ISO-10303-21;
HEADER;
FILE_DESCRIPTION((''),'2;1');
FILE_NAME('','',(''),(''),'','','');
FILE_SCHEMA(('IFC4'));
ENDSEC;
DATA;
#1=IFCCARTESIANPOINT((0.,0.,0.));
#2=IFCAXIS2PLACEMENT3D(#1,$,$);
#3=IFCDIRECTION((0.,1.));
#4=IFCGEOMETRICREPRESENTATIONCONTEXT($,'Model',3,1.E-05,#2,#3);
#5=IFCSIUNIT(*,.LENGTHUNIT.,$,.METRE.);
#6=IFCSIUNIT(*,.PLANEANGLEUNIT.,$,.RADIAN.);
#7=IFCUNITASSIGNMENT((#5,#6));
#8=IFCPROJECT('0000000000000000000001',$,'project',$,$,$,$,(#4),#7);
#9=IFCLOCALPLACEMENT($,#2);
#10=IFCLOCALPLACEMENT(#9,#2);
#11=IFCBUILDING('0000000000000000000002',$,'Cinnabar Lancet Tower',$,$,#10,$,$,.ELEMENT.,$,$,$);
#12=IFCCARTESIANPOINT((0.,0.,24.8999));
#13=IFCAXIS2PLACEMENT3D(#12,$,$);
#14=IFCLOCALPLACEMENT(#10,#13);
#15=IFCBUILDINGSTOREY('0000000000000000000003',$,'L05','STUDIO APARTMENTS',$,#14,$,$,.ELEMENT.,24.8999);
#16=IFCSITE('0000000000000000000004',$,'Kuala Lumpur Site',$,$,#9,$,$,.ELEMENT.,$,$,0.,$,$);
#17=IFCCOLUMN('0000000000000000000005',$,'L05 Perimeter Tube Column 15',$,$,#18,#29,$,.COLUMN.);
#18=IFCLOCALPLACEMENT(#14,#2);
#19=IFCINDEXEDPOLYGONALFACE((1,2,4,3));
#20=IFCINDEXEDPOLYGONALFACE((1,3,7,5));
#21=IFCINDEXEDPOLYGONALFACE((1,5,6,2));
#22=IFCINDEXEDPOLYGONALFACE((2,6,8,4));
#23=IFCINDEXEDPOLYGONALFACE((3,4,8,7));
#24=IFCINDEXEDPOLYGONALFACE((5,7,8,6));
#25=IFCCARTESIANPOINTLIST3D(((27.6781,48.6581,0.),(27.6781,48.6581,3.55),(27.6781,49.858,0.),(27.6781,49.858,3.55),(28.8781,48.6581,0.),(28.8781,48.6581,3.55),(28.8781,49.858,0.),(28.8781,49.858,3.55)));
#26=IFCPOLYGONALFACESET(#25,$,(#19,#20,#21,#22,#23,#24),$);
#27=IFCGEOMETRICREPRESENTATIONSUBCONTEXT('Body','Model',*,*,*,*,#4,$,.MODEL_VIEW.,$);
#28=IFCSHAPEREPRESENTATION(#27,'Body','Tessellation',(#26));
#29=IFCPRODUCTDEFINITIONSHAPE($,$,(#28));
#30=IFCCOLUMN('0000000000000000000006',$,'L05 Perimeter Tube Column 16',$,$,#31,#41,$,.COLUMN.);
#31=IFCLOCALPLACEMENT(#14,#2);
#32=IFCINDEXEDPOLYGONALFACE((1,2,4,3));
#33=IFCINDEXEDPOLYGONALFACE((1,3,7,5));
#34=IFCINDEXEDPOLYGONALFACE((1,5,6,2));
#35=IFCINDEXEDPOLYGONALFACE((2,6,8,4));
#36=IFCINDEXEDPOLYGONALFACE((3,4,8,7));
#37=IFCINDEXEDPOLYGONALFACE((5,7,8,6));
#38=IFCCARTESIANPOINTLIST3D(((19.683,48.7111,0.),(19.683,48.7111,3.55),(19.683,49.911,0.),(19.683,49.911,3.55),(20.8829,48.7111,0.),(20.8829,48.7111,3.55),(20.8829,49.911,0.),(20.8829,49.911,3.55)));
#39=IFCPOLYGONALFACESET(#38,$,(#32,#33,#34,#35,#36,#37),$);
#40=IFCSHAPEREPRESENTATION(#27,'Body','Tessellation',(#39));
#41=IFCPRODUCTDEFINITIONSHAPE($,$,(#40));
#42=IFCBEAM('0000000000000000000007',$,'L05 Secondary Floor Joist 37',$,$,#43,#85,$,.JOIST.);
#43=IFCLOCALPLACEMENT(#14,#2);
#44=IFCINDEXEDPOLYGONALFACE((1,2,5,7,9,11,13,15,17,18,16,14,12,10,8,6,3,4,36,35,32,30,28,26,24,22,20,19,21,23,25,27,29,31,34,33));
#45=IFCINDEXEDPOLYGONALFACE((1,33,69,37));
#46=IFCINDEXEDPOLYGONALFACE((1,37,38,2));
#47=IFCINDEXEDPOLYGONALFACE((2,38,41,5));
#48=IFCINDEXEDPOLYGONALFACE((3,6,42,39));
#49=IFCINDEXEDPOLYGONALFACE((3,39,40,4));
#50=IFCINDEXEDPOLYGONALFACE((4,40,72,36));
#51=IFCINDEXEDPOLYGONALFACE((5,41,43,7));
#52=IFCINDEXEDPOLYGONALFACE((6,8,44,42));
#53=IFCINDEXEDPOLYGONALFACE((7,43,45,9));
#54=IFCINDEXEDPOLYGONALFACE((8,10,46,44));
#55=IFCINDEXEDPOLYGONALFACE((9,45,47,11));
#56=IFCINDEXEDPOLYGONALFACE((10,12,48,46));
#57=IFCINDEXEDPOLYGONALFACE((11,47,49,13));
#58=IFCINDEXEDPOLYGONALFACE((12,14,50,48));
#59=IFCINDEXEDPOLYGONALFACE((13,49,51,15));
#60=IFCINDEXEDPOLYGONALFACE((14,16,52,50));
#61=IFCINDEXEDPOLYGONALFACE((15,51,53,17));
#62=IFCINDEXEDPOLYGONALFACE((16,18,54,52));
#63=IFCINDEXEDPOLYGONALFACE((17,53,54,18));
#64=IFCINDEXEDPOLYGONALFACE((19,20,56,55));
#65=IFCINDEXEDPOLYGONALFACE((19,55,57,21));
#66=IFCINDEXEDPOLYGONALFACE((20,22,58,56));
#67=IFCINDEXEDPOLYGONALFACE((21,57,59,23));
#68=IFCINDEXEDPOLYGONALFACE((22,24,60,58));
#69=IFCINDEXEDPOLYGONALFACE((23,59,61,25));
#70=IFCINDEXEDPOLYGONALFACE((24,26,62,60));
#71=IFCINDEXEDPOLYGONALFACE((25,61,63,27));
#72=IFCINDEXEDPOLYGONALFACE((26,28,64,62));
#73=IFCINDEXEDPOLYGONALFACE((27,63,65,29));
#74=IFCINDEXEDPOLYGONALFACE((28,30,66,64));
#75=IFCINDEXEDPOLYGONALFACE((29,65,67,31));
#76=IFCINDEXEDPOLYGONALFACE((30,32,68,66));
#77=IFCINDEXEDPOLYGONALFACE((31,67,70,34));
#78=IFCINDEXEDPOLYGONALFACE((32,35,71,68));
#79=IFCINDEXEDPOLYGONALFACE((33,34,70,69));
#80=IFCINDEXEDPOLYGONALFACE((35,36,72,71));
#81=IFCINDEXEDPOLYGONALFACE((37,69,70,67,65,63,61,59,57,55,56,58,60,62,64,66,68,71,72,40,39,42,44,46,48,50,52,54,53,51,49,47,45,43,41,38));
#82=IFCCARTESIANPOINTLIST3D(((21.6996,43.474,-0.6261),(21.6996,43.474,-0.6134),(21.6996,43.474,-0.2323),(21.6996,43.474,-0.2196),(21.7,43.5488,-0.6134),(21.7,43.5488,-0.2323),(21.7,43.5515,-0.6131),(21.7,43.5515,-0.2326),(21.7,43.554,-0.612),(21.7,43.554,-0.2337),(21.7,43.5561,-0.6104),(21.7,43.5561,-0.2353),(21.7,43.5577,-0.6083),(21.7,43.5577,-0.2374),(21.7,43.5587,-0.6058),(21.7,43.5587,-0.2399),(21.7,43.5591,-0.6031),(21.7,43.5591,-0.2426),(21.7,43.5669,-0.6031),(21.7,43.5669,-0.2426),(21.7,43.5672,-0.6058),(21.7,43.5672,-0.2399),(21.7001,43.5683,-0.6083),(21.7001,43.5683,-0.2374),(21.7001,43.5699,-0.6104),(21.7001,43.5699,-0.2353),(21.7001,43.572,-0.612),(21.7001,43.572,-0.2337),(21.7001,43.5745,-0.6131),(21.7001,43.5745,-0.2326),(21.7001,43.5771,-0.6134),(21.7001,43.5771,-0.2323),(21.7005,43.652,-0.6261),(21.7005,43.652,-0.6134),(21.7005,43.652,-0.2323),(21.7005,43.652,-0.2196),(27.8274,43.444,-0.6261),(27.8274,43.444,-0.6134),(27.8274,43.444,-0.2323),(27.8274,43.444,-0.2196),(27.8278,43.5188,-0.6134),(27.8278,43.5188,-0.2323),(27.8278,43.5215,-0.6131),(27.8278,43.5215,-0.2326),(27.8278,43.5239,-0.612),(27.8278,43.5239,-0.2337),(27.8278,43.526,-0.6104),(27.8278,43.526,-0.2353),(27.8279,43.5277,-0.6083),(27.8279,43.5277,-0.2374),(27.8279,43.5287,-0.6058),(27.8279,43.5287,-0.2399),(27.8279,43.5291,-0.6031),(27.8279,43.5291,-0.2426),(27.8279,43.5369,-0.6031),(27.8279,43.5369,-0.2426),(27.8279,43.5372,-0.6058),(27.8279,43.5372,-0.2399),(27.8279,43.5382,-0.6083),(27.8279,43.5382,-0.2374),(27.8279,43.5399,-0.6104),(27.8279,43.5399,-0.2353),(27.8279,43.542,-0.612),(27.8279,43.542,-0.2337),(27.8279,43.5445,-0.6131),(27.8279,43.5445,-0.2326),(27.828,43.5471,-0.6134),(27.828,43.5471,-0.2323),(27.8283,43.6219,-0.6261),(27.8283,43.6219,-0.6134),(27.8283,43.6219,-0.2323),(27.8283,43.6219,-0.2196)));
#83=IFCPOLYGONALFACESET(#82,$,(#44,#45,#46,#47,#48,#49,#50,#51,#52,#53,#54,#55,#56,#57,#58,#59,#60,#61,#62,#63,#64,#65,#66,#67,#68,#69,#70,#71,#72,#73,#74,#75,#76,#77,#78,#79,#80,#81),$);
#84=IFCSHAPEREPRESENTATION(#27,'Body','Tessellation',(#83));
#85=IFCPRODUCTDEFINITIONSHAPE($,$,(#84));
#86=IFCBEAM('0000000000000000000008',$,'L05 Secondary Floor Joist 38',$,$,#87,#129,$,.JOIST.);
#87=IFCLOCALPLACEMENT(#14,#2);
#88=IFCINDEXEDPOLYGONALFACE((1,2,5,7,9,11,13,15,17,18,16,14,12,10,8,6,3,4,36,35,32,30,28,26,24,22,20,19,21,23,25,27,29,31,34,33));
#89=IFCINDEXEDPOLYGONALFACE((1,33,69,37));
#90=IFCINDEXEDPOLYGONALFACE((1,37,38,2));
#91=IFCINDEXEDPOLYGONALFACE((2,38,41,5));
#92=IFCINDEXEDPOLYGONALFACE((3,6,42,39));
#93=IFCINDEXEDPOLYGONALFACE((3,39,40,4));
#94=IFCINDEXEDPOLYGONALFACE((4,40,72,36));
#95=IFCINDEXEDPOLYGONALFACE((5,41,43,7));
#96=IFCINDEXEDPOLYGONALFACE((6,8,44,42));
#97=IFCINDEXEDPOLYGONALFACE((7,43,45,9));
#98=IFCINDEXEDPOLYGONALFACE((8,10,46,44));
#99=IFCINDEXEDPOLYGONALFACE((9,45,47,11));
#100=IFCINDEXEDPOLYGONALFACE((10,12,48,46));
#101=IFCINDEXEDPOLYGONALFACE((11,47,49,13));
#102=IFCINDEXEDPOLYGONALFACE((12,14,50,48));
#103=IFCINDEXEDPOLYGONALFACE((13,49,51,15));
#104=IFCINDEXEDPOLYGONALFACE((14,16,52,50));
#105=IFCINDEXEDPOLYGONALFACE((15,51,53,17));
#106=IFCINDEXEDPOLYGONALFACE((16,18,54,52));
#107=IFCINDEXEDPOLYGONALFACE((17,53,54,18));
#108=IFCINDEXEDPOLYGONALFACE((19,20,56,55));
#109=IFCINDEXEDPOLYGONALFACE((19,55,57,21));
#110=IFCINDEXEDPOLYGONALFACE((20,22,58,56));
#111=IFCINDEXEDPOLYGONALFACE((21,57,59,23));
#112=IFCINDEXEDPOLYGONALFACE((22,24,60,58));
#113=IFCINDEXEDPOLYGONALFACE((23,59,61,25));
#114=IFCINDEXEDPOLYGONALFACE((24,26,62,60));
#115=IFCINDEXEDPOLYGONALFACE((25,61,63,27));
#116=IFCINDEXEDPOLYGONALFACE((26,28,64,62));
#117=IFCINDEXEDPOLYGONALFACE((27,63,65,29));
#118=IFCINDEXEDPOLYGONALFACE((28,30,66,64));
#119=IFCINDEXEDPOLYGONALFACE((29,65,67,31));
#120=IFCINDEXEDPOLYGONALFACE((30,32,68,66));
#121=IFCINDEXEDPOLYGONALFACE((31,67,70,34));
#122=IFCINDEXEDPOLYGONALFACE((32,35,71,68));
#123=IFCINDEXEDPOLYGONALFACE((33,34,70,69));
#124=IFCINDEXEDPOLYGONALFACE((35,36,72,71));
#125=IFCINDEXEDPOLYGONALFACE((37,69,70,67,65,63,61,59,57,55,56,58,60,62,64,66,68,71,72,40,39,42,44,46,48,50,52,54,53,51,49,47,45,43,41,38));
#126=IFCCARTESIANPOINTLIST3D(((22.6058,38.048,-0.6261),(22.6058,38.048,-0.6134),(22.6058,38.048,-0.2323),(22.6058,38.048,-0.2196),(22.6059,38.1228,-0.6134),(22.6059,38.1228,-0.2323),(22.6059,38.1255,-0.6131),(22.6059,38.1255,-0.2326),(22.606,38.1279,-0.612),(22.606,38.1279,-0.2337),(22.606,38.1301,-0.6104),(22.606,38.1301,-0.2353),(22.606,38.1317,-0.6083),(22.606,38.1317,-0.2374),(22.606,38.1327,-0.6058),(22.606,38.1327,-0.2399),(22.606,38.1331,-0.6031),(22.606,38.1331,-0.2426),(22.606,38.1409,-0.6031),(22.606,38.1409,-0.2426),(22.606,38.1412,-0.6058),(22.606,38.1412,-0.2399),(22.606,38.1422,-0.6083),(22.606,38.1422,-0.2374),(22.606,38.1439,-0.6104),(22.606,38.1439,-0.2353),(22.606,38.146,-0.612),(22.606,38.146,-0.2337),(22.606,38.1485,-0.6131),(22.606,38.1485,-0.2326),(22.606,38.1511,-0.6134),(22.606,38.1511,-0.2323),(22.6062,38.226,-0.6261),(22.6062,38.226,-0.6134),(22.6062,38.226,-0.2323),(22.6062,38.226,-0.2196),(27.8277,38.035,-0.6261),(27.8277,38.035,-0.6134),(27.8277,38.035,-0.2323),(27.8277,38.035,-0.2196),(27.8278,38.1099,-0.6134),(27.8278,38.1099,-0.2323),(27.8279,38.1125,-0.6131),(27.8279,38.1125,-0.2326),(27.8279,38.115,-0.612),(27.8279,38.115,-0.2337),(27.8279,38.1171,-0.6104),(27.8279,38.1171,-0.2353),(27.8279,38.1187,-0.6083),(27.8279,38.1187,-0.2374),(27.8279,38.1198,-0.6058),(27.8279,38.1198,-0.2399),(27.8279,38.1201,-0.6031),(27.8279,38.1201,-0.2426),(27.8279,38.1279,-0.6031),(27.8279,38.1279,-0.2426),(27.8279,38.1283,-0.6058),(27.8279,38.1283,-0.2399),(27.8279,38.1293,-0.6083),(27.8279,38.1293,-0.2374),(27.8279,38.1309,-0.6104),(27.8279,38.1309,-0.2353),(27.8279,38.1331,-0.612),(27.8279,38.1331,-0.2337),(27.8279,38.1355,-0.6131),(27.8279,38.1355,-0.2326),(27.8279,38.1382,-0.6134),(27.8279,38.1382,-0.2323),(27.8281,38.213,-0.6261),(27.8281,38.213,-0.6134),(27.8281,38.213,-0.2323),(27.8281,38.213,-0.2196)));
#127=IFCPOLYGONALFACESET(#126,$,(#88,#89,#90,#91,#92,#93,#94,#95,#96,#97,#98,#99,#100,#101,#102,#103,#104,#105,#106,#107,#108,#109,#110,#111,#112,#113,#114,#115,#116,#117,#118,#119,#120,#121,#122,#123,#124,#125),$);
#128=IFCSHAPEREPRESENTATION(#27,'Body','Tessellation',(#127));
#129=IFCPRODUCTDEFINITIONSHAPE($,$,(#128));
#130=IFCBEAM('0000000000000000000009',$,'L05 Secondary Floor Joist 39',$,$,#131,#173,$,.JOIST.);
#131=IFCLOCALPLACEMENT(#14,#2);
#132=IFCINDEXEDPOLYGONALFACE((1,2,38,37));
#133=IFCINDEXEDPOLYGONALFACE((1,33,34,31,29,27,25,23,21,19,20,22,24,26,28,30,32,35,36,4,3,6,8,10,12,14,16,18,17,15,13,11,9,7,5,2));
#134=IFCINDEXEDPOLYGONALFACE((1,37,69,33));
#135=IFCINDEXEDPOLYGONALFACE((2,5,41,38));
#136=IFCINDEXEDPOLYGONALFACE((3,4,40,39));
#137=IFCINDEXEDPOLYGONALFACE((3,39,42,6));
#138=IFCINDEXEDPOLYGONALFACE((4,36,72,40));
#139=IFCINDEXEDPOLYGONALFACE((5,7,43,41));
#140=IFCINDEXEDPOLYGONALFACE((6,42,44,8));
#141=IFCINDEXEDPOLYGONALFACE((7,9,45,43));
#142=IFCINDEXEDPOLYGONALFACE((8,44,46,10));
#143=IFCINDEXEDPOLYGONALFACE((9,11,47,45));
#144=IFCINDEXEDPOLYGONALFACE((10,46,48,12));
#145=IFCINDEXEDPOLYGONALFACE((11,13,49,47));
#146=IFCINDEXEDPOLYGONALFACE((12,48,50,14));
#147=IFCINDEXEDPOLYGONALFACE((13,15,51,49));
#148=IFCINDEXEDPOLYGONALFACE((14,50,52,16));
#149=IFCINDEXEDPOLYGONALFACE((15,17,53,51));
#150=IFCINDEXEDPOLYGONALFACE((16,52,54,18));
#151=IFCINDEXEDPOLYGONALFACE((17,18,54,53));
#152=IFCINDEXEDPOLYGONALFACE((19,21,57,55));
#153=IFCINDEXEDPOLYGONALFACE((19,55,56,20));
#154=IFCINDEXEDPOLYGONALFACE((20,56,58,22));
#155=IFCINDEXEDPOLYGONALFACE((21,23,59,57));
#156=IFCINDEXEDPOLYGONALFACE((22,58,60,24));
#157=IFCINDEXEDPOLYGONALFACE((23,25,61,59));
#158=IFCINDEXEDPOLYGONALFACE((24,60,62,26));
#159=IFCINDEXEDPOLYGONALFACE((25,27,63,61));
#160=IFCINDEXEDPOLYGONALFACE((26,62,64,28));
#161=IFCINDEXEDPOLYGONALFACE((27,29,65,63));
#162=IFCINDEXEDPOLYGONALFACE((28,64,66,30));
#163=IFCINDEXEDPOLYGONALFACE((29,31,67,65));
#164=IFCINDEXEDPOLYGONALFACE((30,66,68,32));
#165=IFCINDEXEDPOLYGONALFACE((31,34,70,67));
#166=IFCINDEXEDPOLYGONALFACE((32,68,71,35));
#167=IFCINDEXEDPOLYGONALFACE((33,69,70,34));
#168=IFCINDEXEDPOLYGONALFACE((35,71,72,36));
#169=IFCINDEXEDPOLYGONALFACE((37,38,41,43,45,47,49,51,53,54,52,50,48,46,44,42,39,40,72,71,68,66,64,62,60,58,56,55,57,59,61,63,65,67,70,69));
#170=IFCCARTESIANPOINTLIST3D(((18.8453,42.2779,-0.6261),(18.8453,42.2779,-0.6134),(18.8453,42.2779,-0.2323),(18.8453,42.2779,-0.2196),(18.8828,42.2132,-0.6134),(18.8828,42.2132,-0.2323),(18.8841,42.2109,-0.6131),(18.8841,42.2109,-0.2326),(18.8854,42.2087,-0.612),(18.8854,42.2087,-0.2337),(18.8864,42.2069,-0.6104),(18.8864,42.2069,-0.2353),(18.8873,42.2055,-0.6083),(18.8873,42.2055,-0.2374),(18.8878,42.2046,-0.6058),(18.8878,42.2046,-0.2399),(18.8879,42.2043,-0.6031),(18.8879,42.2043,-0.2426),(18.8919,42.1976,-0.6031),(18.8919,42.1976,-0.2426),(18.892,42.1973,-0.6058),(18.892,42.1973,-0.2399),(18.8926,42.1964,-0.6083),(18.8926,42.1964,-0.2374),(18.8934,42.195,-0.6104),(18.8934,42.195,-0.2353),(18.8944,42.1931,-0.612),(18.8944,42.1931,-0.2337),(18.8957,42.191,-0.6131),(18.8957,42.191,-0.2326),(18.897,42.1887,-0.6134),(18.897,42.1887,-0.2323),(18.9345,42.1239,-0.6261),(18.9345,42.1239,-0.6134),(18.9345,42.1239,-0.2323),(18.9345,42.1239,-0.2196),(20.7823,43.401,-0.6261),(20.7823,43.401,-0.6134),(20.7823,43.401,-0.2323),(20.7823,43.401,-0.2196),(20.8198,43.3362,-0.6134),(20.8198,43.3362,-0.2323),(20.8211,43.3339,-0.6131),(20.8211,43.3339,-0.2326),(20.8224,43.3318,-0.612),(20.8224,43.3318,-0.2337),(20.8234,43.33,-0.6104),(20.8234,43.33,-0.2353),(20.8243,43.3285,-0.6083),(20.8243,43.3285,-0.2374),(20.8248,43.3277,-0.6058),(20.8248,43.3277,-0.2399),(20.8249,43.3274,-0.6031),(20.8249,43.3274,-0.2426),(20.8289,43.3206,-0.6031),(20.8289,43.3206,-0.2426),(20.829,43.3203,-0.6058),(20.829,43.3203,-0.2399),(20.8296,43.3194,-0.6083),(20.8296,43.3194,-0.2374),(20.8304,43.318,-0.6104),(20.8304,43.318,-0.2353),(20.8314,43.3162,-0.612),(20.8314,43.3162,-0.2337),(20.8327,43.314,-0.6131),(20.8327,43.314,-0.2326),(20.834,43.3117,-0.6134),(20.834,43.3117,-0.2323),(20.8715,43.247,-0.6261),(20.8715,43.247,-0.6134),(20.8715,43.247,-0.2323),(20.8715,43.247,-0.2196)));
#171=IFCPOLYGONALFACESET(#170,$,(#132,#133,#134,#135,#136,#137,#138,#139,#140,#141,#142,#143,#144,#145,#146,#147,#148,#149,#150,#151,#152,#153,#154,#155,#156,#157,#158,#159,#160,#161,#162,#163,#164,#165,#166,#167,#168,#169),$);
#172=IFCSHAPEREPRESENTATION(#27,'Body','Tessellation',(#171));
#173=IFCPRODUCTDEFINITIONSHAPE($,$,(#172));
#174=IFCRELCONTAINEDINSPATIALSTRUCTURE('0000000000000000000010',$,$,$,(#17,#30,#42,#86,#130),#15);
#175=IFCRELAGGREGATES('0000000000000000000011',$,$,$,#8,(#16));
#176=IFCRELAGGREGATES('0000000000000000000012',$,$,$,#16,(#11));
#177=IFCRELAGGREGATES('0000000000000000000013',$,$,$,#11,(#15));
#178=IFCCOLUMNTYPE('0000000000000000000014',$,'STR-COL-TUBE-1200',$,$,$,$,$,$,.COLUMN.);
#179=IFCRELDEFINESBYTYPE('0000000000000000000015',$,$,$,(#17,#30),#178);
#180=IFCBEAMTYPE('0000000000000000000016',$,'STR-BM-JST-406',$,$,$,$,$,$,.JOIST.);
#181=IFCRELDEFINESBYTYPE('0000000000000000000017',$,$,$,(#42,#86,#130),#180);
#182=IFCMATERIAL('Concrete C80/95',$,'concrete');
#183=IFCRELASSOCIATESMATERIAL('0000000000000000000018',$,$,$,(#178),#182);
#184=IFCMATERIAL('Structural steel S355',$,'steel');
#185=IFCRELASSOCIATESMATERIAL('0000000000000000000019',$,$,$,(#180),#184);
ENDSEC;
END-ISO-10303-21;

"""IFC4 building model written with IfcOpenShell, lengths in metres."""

from ifc_helpers import new_model, si_unit, direction, frame, origin, origin_2d, place, context, subcontext, project, spatial, rectangle, i_section, extrude, material, material_profile, profile_set, type_object, element, save


model = new_model("IFC4")

# Units and contexts
model_context = context("Model", 3, precision=1e-05, world=origin(), true_north=direction((0.0, 1.0)))
body_context = subcontext(model_context, "Body", "Model", "MODEL_VIEW")
ifc_project = project(units=[si_unit("LENGTHUNIT", "METRE"), si_unit("PLANEANGLEUNIT", "RADIAN")], contexts=[model_context])

# Site, building, storey
site_placement = place(None, origin())
site = spatial("IfcSite", under=ifc_project, at=site_placement, Name="Kuala Lumpur Site", CompositionType="ELEMENT", RefElevation=0.0)
building_placement = place(site_placement, origin())
building = spatial("IfcBuilding", under=site, at=building_placement, Name="Cinnabar Lancet Tower", CompositionType="ELEMENT")
storey_placement = place(building_placement, frame((0.0, 0.0, 24.8999)))
storey = spatial("IfcBuildingStorey", under=building, at=storey_placement, Name="L05", Description="STUDIO APARTMENTS", CompositionType="ELEMENT", Elevation=24.8999)

# Columns
ifc_material_1 = material(Name="Concrete C80/95", Category="concrete")
ifc_material_profile_1 = material_profile(ifc_material_1, rectangle(XDim=1.2, YDim=1.2, at=origin_2d()), Name="RC-COL 1200x1200")
ifc_profile_set_1 = profile_set([ifc_material_profile_1], Name="Concrete C80/95")
column_type = type_object("IfcColumnType", Name="STR-COL-TUBE-1200", PredefinedType="COLUMN", material=ifc_profile_set_1)
for number, where, z_axis, x_axis, name in (
    (1, (28.2781, 49.2581, 0.0), (0.0, 0.0, 1.0), (1.0, 0.0, 0.0), "L05 Perimeter Tube Column 15"),
    (2, (20.283, 49.311, 0.0), (0.0, 0.0, 1.0), (1.0, 0.0, 0.0), "L05 Perimeter Tube Column 16"),
):
    element("IfcColumn", number, at=place(storey_placement, frame(where, z_axis=z_axis, x_axis=x_axis)), inside=storey, type_object=column_type, Name=name, PredefinedType="COLUMN", context=body_context, shape_type="SweptSolid", body=[
        extrude(rectangle(XDim=1.2, YDim=1.2, at=origin_2d()), origin(), (0.0, 0.0, 1.0), 3.55),
    ])

# Beams
ifc_material_2 = material(Name="Structural steel S355", Category="steel")
ifc_material_profile_2 = material_profile(ifc_material_2, i_section(OverallWidth=0.178, OverallDepth=0.4065, WebThickness=0.0078, FlangeThickness=0.0127, FilletRadius=0.0103, at=origin_2d()), Name="UKB 406x178x60")
ifc_profile_set_2 = profile_set([ifc_material_profile_2], Name="Structural steel S355")
beam_type_1 = type_object("IfcBeamType", Name="STR-BM-JST-406", PredefinedType="JOIST", material=ifc_profile_set_2)
beam_1_placement = place(storey_placement, frame((27.8279, 43.533, -0.4229), z_axis=(-0.999988, 0.0049, 0.0), x_axis=(-0.0049, -0.999988, 0.0)))
element("IfcBeam", 3, at=beam_1_placement, inside=storey, type_object=beam_type_1, Name="L05 Secondary Floor Joist 37", PredefinedType="JOIST", context=body_context, shape_type="SweptSolid", body=[
    extrude(i_section(OverallWidth=0.178, OverallDepth=0.4065, WebThickness=0.0078, FlangeThickness=0.0127, FilletRadius=0.0103, at=origin_2d()), origin(), (0.0, 0.0, 1.0), 6.1279),
])
beam_2_placement = place(storey_placement, frame((27.8279, 38.124, -0.4229), z_axis=(-0.999997, 0.002478, 0.0), x_axis=(-0.002478, -0.999997, 0.0)))
element("IfcBeam", 4, at=beam_2_placement, inside=storey, type_object=beam_type_1, Name="L05 Secondary Floor Joist 38", PredefinedType="JOIST", context=body_context, shape_type="SweptSolid", body=[
    extrude(i_section(OverallWidth=0.178, OverallDepth=0.4065, WebThickness=0.0078, FlangeThickness=0.0127, FilletRadius=0.0103, at=origin_2d()), origin(), (0.0, 0.0, 1.0), 5.2219),
])
beam_3_placement = place(storey_placement, frame((20.8269, 43.324, -0.4229), z_axis=(-0.865113, -0.501578, 0.0), x_axis=(0.501578, -0.865113, 0.0)))
element("IfcBeam", 5, at=beam_3_placement, inside=storey, type_object=beam_type_1, Name="L05 Secondary Floor Joist 39", PredefinedType="JOIST", context=body_context, shape_type="SweptSolid", body=[
    extrude(i_section(OverallWidth=0.178, OverallDepth=0.4065, WebThickness=0.0078, FlangeThickness=0.0127, FilletRadius=0.0103, at=origin_2d()), origin(), (0.0, 0.0, 1.0), 2.239),
])

save(model, "model.ifc")
